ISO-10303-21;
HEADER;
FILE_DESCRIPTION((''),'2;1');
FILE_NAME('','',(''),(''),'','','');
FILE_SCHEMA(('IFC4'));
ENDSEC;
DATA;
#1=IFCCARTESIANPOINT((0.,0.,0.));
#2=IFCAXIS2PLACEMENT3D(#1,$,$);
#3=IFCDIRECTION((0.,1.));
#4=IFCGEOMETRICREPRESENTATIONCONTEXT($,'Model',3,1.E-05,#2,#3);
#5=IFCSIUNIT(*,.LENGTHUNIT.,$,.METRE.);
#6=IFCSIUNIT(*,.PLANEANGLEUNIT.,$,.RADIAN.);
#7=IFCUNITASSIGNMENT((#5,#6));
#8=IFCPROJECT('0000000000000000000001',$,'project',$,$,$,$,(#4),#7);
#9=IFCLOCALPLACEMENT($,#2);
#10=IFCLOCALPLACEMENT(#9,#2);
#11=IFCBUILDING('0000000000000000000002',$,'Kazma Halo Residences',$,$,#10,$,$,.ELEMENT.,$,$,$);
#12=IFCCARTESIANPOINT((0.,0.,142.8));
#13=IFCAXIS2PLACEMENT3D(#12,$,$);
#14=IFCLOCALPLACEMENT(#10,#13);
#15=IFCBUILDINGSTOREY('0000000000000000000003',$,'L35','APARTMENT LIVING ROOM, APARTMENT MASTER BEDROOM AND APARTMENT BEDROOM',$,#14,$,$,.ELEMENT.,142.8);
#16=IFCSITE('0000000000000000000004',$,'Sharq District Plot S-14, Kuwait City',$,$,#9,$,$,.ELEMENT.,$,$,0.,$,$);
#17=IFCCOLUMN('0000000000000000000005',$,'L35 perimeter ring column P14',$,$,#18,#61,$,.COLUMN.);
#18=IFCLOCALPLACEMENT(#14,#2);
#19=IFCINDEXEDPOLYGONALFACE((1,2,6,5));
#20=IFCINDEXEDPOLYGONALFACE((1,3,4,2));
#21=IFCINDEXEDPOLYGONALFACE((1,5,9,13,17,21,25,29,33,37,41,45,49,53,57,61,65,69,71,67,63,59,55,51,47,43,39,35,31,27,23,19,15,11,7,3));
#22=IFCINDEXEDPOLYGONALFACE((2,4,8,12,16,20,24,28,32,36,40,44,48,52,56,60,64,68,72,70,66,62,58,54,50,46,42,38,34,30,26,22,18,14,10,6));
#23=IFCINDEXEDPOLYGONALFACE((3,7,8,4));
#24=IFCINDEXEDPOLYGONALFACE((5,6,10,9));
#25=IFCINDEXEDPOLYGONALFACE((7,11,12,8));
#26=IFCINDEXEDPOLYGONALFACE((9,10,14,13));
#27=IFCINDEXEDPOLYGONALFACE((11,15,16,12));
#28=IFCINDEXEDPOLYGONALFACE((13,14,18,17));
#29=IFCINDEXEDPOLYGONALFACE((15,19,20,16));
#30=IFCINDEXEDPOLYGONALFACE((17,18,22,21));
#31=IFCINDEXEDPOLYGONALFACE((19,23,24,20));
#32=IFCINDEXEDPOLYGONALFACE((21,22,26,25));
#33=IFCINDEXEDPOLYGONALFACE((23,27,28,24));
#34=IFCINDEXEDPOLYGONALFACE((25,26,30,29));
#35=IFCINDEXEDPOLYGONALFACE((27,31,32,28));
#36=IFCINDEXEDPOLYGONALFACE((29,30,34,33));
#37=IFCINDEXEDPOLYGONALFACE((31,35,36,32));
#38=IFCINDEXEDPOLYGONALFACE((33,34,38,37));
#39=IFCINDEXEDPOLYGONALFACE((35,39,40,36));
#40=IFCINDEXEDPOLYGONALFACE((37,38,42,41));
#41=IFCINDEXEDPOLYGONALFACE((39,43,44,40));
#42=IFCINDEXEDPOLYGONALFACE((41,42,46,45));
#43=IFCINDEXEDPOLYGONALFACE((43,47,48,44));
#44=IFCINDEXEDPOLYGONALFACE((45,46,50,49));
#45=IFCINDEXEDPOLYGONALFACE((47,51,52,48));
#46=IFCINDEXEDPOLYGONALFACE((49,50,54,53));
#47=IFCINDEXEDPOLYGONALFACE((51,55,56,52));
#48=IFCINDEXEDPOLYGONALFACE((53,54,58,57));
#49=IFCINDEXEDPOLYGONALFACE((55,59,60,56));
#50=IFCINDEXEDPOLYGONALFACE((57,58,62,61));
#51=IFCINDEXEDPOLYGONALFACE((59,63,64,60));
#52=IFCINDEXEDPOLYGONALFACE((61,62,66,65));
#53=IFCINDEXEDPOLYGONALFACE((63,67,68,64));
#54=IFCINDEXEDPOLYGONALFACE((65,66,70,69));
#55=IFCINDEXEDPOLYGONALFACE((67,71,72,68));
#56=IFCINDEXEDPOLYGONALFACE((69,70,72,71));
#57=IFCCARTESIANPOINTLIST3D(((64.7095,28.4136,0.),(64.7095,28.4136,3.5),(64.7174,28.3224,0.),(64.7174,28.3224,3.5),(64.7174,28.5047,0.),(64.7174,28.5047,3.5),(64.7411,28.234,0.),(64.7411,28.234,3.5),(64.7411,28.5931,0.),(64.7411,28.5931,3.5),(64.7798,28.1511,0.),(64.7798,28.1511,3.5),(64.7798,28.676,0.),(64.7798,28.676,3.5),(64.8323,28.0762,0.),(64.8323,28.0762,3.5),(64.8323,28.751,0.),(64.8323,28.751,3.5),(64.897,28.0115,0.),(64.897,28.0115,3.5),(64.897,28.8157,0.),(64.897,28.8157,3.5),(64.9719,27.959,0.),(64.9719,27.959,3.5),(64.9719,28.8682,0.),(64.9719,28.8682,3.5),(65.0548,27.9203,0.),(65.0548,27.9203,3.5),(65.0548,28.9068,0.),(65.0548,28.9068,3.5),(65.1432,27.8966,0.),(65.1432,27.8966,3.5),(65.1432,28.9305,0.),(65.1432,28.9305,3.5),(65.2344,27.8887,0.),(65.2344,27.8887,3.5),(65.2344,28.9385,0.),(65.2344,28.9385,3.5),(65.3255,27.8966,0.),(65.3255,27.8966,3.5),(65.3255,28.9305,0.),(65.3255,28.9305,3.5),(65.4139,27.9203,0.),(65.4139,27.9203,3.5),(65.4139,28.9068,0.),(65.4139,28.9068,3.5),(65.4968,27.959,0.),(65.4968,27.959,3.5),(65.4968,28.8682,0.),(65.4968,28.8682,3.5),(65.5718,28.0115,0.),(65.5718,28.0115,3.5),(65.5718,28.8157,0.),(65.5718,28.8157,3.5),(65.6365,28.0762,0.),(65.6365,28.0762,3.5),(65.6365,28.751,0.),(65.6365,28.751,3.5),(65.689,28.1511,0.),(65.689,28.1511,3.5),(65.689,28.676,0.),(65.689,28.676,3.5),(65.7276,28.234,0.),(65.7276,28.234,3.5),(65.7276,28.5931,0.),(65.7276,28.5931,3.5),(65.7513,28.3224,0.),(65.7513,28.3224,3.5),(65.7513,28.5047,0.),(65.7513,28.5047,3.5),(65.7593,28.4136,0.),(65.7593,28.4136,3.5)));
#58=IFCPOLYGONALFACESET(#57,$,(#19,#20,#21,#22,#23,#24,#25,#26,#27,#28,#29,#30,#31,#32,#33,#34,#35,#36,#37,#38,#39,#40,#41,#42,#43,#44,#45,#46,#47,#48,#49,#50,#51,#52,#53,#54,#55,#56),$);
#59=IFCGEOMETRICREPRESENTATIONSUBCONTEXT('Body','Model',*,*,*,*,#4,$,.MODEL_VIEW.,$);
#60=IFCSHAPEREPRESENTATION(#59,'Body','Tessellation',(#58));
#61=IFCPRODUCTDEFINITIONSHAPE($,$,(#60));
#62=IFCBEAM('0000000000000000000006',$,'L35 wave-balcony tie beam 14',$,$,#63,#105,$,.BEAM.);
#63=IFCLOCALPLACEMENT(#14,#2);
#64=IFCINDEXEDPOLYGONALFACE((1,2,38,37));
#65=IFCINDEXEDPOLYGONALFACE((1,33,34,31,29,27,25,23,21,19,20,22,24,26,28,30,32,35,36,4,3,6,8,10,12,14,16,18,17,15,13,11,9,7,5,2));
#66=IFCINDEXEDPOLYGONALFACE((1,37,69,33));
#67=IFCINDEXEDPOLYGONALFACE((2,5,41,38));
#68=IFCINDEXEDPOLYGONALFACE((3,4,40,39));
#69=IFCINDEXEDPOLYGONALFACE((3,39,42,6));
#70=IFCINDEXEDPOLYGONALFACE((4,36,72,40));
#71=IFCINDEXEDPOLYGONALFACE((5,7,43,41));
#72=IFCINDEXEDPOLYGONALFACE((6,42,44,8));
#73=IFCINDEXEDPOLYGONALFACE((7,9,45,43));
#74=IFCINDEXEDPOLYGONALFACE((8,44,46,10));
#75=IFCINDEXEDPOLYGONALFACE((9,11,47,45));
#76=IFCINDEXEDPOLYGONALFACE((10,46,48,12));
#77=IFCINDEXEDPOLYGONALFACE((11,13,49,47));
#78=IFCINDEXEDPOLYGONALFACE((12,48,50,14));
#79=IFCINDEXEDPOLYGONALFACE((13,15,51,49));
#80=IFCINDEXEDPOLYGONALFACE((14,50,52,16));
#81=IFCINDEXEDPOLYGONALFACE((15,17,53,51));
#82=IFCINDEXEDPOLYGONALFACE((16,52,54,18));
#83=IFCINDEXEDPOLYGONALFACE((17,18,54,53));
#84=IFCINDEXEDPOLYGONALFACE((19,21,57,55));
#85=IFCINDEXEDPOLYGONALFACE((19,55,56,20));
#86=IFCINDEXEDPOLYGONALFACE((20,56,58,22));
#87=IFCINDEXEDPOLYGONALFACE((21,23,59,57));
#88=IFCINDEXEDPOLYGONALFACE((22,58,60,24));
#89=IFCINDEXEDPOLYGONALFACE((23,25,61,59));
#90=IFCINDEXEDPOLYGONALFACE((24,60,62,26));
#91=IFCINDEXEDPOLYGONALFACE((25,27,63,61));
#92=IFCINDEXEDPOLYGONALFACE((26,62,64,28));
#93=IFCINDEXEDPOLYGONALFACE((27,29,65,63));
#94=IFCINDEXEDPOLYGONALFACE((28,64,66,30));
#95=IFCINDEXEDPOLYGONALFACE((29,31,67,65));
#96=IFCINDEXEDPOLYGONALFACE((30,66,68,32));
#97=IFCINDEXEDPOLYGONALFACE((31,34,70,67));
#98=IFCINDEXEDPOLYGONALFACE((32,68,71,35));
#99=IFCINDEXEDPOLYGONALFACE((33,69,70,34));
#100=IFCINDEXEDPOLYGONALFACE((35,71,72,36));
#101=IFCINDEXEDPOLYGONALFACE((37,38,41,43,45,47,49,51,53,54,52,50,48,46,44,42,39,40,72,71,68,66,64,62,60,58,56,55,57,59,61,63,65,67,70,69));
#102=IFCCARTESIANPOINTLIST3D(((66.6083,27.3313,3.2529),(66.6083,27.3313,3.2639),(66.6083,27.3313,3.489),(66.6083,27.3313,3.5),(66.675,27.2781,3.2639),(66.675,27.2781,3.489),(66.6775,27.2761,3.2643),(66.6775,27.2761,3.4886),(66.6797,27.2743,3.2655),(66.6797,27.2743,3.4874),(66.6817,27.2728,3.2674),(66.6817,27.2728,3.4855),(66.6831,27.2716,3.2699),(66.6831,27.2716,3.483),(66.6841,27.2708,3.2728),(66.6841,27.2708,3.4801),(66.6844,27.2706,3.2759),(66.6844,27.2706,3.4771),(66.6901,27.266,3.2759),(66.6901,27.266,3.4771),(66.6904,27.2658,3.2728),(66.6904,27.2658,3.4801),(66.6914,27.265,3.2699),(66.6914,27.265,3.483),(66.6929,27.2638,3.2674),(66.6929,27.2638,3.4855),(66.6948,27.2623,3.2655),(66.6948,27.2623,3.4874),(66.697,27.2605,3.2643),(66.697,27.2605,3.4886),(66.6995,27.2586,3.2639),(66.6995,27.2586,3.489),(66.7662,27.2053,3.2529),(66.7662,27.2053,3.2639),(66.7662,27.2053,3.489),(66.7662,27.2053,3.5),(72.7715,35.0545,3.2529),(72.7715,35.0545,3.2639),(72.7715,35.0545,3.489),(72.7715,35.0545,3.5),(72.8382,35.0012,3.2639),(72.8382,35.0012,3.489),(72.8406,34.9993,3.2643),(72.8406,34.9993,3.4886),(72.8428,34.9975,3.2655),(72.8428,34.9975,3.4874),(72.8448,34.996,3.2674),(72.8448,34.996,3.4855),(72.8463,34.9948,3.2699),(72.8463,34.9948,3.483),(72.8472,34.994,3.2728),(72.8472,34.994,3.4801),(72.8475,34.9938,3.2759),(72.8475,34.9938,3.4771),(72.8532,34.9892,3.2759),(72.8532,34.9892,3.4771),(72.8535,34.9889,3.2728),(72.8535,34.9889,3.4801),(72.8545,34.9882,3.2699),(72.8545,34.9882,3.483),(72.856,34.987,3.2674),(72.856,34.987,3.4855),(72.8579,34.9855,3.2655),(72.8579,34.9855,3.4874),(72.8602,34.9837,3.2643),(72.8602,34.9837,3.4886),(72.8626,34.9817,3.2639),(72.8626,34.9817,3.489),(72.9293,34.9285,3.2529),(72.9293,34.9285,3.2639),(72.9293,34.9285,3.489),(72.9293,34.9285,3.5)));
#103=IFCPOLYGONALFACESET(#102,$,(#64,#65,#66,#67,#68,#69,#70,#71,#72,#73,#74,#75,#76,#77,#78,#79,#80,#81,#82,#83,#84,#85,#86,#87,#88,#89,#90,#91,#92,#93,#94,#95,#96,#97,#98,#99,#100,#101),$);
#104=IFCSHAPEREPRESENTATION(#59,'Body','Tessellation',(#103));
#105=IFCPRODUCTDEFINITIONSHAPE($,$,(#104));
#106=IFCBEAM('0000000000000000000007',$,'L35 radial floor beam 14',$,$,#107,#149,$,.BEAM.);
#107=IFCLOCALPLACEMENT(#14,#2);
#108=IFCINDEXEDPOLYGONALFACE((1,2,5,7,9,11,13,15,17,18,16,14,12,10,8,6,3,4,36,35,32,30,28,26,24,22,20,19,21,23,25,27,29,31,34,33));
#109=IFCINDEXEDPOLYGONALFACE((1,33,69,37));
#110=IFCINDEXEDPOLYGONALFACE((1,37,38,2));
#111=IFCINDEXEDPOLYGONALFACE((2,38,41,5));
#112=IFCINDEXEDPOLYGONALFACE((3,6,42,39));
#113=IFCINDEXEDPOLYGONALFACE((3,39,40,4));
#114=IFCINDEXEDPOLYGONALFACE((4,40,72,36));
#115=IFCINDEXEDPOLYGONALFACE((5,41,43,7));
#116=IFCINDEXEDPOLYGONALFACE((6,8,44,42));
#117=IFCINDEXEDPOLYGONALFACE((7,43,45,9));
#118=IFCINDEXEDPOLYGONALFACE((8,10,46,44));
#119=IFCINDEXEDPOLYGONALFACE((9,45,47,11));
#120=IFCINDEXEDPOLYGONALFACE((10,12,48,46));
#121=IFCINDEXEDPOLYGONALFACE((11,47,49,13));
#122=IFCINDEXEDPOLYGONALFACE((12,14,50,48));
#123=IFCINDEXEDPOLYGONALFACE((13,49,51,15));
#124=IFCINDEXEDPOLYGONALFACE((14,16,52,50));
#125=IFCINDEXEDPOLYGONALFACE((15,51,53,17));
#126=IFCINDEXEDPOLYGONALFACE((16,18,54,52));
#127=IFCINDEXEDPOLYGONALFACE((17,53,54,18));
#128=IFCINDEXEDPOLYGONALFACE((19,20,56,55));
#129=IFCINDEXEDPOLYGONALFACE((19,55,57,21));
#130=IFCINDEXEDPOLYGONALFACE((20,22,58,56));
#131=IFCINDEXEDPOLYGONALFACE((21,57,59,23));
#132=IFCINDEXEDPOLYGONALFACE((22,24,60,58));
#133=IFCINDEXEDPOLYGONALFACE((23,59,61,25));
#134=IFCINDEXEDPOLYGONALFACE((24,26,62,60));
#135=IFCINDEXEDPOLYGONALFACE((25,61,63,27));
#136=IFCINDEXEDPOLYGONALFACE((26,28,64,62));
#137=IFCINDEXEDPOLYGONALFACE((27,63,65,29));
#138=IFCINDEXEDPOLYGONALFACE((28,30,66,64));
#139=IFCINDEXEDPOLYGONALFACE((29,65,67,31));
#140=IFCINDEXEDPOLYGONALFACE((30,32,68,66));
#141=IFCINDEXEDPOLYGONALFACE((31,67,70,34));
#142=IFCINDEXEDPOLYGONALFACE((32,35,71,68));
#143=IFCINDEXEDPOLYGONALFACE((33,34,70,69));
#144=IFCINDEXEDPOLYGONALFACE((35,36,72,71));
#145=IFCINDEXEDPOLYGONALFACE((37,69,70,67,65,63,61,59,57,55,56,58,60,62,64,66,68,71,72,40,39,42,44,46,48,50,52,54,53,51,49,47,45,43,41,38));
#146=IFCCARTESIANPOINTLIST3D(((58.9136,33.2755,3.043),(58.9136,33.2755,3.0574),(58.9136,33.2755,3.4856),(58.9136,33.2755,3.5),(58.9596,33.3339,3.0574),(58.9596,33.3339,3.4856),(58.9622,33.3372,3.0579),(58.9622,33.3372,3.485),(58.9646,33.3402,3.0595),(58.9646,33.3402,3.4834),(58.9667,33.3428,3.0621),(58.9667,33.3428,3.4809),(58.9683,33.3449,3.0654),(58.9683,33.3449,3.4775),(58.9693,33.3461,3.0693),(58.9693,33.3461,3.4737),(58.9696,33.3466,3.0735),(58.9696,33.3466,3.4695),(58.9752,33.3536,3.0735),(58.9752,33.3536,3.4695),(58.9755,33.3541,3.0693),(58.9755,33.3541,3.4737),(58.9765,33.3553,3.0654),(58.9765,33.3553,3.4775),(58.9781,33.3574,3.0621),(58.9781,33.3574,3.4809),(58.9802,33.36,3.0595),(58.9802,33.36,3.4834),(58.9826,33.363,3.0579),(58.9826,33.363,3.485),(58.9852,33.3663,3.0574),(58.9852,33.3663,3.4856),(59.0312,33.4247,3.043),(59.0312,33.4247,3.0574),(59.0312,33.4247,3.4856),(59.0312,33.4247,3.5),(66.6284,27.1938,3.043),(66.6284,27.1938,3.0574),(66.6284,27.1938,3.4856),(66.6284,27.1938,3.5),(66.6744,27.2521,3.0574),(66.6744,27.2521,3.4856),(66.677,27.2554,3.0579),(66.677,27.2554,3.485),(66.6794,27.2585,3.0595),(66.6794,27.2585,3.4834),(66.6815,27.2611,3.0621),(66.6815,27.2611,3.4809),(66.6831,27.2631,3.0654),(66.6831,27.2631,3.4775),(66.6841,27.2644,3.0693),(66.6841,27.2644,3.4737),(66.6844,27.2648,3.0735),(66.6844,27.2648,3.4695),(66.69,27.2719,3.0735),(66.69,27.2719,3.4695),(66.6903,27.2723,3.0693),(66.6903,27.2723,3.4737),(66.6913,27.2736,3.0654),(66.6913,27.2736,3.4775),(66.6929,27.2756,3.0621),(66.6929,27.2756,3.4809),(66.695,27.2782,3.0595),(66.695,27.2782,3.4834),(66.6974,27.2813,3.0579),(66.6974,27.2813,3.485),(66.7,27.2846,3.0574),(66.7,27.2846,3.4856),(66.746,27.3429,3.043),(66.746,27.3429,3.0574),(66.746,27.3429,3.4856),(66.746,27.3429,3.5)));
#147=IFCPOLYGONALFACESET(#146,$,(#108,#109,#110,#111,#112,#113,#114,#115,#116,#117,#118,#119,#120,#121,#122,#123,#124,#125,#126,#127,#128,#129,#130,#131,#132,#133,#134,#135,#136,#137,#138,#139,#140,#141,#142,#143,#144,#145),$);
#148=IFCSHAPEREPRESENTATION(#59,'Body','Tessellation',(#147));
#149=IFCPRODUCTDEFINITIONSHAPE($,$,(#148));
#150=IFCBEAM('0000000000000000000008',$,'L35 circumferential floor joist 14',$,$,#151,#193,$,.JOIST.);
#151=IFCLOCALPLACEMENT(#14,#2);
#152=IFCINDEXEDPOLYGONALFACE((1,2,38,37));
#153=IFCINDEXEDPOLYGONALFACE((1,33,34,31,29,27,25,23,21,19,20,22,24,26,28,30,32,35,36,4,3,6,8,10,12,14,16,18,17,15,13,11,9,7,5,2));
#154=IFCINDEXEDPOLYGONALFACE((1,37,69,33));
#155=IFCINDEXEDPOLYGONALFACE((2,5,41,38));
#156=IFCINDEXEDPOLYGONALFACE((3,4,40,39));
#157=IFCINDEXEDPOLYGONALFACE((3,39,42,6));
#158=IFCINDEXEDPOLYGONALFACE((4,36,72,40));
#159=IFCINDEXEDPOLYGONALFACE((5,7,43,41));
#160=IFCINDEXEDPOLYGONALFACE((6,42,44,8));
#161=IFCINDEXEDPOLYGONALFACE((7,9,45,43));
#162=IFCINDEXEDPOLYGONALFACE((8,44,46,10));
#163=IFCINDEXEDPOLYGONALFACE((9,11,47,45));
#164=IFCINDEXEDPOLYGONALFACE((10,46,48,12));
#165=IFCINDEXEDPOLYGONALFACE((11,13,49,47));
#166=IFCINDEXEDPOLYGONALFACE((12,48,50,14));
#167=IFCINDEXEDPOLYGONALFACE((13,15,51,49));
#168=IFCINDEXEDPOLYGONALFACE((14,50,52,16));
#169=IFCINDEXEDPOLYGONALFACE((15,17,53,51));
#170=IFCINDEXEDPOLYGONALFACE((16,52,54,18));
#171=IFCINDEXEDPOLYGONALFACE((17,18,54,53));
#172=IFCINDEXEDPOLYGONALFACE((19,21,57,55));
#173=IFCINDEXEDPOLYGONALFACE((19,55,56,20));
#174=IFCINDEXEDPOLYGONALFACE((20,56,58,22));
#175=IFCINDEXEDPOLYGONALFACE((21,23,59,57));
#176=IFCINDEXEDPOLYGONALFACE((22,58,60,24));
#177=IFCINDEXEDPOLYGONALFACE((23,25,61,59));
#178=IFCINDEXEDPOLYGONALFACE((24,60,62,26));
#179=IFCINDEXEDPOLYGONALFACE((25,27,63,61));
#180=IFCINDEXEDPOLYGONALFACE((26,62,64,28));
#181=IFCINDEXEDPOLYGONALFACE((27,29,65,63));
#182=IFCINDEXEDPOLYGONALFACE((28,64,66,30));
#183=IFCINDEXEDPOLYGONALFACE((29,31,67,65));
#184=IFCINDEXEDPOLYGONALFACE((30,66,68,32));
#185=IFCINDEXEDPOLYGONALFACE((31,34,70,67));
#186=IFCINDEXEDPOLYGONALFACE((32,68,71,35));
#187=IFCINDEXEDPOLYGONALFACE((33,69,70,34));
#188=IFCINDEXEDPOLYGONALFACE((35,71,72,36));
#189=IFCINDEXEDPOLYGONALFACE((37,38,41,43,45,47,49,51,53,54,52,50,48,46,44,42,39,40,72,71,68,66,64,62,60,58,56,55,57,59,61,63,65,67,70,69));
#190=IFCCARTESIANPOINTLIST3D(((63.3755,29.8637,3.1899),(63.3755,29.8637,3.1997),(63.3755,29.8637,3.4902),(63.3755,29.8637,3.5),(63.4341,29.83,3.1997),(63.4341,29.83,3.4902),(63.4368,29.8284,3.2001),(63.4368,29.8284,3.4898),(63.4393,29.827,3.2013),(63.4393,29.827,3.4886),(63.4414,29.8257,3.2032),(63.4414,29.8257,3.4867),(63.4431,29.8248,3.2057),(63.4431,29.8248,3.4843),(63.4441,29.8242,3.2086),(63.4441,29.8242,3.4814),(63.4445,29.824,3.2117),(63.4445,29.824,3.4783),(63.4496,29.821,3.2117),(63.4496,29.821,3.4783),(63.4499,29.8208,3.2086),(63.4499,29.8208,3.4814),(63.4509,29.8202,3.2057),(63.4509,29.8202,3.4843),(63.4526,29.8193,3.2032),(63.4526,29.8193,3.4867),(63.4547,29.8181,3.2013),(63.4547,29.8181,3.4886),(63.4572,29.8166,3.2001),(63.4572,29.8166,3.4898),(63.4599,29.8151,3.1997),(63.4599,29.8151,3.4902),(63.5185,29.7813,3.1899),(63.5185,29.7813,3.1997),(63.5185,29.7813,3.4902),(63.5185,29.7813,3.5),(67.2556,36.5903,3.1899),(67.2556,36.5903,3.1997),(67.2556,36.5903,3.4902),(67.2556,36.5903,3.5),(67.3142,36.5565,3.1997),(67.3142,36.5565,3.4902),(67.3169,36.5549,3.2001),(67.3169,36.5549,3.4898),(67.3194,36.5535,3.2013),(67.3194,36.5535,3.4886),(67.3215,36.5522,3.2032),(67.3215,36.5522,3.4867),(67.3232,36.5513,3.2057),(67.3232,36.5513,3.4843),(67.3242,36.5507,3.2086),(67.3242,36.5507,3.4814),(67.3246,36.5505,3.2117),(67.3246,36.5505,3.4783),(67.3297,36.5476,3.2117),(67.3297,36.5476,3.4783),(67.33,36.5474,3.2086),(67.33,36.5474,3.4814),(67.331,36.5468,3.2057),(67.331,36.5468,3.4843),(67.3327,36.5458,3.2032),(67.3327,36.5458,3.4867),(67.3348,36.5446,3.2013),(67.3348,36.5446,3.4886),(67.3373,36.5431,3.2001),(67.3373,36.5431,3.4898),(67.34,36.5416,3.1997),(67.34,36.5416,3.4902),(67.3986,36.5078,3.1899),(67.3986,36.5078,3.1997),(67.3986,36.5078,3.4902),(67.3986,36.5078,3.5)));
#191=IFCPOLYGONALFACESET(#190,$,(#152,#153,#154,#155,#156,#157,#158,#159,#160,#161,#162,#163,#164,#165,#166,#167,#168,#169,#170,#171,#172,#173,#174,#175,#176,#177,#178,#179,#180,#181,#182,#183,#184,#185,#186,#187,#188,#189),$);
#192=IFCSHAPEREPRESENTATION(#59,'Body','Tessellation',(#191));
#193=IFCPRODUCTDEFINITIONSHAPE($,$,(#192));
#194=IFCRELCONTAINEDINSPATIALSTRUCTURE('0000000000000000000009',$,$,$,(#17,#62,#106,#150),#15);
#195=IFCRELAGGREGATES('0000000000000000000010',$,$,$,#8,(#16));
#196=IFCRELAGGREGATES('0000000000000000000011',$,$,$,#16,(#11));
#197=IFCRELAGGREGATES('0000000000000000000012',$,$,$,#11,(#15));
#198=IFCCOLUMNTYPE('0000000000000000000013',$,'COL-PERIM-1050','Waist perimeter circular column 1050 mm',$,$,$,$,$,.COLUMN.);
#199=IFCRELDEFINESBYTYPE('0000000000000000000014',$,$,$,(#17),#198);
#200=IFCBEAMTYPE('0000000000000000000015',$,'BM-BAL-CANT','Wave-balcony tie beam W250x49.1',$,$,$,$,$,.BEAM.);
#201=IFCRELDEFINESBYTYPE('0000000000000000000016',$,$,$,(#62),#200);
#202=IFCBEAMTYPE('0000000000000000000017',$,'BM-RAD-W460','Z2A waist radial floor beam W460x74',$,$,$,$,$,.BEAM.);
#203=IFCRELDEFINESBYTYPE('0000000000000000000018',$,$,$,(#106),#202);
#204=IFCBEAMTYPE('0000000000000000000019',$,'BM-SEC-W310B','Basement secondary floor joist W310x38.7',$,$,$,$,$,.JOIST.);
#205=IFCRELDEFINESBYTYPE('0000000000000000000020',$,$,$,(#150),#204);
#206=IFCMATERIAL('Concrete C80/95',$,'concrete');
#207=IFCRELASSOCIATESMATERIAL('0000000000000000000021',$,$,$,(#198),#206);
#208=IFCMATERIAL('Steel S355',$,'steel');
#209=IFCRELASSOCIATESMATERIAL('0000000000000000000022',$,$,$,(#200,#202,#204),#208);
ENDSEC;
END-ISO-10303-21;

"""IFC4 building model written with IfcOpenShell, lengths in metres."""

from ifc_helpers import new_model, si_unit, direction, frame, origin, origin_2d, place, context, subcontext, project, spatial, circle, i_section, extrude, material, material_profile, profile_set, type_object, element, save


model = new_model("IFC4")

# Units and contexts
model_context = context("Model", 3, precision=1e-05, world=origin(), true_north=direction((0.0, 1.0)))
body_context = subcontext(model_context, "Body", "Model", "MODEL_VIEW")
ifc_project = project(units=[si_unit("LENGTHUNIT", "METRE"), si_unit("PLANEANGLEUNIT", "RADIAN")], contexts=[model_context])

# Site, building, storey
site_placement = place(None, origin())
site = spatial("IfcSite", under=ifc_project, at=site_placement, Name="Sharq District Plot S-14, Kuwait City", CompositionType="ELEMENT", RefElevation=0.0)
building_placement = place(site_placement, origin())
building = spatial("IfcBuilding", under=site, at=building_placement, Name="Kazma Halo Residences", CompositionType="ELEMENT")
storey_placement = place(building_placement, frame((0.0, 0.0, 142.8)))
storey = spatial("IfcBuildingStorey", under=building, at=storey_placement, Name="L35", Description="APARTMENT LIVING ROOM, APARTMENT MASTER BEDROOM AND APARTMENT BEDROOM", CompositionType="ELEMENT", Elevation=142.8)

# Column
ifc_material_1 = material(Name="Concrete C80/95", Category="concrete")
ifc_material_profile_1 = material_profile(ifc_material_1, circle(Radius=0.5249, at=origin_2d()), Name="CIRC1050")
ifc_profile_set_1 = profile_set([ifc_material_profile_1], Name="Concrete C80/95")
column_type = type_object("IfcColumnType", Name="COL-PERIM-1050", Description="Waist perimeter circular column 1050 mm", PredefinedType="COLUMN", material=ifc_profile_set_1)
column_placement = place(storey_placement, frame((65.2344, 28.4136, 0.0), z_axis=(0.0, 0.0, 1.0), x_axis=(1.0, 0.0, 0.0)))
element("IfcColumn", 1, at=column_placement, inside=storey, type_object=column_type, Name="L35 perimeter ring column P14", PredefinedType="COLUMN", context=body_context, shape_type="SweptSolid", body=[
    extrude(circle(Radius=0.5249, at=origin_2d()), origin(), (0.0, 0.0, 1.0), 3.5),
])

# Beams
ifc_material_2 = material(Name="Steel S355", Category="steel")
ifc_material_profile_2 = material_profile(ifc_material_2, i_section(OverallWidth=0.2019, OverallDepth=0.2471, WebThickness=0.0073, FlangeThickness=0.011, FilletRadius=0.012, at=origin_2d()), Name="W250x49.1")
ifc_profile_set_2 = profile_set([ifc_material_profile_2], Name="Steel S355")
beam_type_1 = type_object("IfcBeamType", Name="BM-BAL-CANT", Description="Wave-balcony tie beam W250x49.1", PredefinedType="BEAM", material=ifc_profile_set_2)
beam_1_placement = place(storey_placement, frame((66.6873, 27.2683, 3.3765), z_axis=(0.623742, 0.78163, 0.0), x_axis=(-0.78163, 0.623742, 0.0)))
element("IfcBeam", 2, at=beam_1_placement, inside=storey, type_object=beam_type_1, Name="L35 wave-balcony tie beam 14", PredefinedType="BEAM", context=body_context, shape_type="SweptSolid", body=[
    extrude(i_section(OverallWidth=0.2019, OverallDepth=0.2471, WebThickness=0.0073, FlangeThickness=0.011, FilletRadius=0.012, at=origin_2d()), origin(), (0.0, 0.0, 1.0), 9.8809),
])
ifc_material_profile_3 = material_profile(ifc_material_2, i_section(OverallWidth=0.1899, OverallDepth=0.457, WebThickness=0.009, FlangeThickness=0.0144, FilletRadius=0.0161, at=origin_2d()), Name="W460x74")
ifc_profile_set_3 = profile_set([ifc_material_profile_3], Name="Steel S355")
beam_type_2 = type_object("IfcBeamType", Name="BM-RAD-W460", Description="Z2A waist radial floor beam W460x74", PredefinedType="BEAM", material=ifc_profile_set_3)
beam_2_placement = place(storey_placement, frame((58.9724, 33.3501, 3.2715), z_axis=(0.785322, -0.619087, 0.0), x_axis=(0.619087, 0.785322, 0.0)))
element("IfcBeam", 3, at=beam_2_placement, inside=storey, type_object=beam_type_2, Name="L35 radial floor beam 14", PredefinedType="BEAM", context=body_context, shape_type="SweptSolid", body=[
    extrude(i_section(OverallWidth=0.1899, OverallDepth=0.457, WebThickness=0.009, FlangeThickness=0.0144, FilletRadius=0.0161, at=origin_2d()), origin(), (0.0, 0.0, 1.0), 9.8237),
])
ifc_material_profile_4 = material_profile(ifc_material_2, i_section(OverallWidth=0.165, OverallDepth=0.3101, WebThickness=0.0059, FlangeThickness=0.0098, FilletRadius=0.012, at=origin_2d()), Name="W310x38.7")
ifc_profile_set_4 = profile_set([ifc_material_profile_4], Name="Steel S355")
beam_type_3 = type_object("IfcBeamType", Name="BM-SEC-W310B", Description="Basement secondary floor joist W310x38.7", PredefinedType="JOIST", material=ifc_profile_set_4)
beam_3_placement = place(storey_placement, frame((63.447, 29.8225, 3.345), z_axis=(0.499666, 0.866218, 0.0), x_axis=(-0.866218, 0.499666, 0.0)))
element("IfcBeam", 4, at=beam_3_placement, inside=storey, type_object=beam_type_3, Name="L35 circumferential floor joist 14", PredefinedType="JOIST", context=body_context, shape_type="SweptSolid", body=[
    extrude(i_section(OverallWidth=0.165, OverallDepth=0.3101, WebThickness=0.0059, FlangeThickness=0.0098, FilletRadius=0.012, at=origin_2d()), origin(), (0.0, 0.0, 1.0), 7.7654),
])

save(model, "model.ifc")
